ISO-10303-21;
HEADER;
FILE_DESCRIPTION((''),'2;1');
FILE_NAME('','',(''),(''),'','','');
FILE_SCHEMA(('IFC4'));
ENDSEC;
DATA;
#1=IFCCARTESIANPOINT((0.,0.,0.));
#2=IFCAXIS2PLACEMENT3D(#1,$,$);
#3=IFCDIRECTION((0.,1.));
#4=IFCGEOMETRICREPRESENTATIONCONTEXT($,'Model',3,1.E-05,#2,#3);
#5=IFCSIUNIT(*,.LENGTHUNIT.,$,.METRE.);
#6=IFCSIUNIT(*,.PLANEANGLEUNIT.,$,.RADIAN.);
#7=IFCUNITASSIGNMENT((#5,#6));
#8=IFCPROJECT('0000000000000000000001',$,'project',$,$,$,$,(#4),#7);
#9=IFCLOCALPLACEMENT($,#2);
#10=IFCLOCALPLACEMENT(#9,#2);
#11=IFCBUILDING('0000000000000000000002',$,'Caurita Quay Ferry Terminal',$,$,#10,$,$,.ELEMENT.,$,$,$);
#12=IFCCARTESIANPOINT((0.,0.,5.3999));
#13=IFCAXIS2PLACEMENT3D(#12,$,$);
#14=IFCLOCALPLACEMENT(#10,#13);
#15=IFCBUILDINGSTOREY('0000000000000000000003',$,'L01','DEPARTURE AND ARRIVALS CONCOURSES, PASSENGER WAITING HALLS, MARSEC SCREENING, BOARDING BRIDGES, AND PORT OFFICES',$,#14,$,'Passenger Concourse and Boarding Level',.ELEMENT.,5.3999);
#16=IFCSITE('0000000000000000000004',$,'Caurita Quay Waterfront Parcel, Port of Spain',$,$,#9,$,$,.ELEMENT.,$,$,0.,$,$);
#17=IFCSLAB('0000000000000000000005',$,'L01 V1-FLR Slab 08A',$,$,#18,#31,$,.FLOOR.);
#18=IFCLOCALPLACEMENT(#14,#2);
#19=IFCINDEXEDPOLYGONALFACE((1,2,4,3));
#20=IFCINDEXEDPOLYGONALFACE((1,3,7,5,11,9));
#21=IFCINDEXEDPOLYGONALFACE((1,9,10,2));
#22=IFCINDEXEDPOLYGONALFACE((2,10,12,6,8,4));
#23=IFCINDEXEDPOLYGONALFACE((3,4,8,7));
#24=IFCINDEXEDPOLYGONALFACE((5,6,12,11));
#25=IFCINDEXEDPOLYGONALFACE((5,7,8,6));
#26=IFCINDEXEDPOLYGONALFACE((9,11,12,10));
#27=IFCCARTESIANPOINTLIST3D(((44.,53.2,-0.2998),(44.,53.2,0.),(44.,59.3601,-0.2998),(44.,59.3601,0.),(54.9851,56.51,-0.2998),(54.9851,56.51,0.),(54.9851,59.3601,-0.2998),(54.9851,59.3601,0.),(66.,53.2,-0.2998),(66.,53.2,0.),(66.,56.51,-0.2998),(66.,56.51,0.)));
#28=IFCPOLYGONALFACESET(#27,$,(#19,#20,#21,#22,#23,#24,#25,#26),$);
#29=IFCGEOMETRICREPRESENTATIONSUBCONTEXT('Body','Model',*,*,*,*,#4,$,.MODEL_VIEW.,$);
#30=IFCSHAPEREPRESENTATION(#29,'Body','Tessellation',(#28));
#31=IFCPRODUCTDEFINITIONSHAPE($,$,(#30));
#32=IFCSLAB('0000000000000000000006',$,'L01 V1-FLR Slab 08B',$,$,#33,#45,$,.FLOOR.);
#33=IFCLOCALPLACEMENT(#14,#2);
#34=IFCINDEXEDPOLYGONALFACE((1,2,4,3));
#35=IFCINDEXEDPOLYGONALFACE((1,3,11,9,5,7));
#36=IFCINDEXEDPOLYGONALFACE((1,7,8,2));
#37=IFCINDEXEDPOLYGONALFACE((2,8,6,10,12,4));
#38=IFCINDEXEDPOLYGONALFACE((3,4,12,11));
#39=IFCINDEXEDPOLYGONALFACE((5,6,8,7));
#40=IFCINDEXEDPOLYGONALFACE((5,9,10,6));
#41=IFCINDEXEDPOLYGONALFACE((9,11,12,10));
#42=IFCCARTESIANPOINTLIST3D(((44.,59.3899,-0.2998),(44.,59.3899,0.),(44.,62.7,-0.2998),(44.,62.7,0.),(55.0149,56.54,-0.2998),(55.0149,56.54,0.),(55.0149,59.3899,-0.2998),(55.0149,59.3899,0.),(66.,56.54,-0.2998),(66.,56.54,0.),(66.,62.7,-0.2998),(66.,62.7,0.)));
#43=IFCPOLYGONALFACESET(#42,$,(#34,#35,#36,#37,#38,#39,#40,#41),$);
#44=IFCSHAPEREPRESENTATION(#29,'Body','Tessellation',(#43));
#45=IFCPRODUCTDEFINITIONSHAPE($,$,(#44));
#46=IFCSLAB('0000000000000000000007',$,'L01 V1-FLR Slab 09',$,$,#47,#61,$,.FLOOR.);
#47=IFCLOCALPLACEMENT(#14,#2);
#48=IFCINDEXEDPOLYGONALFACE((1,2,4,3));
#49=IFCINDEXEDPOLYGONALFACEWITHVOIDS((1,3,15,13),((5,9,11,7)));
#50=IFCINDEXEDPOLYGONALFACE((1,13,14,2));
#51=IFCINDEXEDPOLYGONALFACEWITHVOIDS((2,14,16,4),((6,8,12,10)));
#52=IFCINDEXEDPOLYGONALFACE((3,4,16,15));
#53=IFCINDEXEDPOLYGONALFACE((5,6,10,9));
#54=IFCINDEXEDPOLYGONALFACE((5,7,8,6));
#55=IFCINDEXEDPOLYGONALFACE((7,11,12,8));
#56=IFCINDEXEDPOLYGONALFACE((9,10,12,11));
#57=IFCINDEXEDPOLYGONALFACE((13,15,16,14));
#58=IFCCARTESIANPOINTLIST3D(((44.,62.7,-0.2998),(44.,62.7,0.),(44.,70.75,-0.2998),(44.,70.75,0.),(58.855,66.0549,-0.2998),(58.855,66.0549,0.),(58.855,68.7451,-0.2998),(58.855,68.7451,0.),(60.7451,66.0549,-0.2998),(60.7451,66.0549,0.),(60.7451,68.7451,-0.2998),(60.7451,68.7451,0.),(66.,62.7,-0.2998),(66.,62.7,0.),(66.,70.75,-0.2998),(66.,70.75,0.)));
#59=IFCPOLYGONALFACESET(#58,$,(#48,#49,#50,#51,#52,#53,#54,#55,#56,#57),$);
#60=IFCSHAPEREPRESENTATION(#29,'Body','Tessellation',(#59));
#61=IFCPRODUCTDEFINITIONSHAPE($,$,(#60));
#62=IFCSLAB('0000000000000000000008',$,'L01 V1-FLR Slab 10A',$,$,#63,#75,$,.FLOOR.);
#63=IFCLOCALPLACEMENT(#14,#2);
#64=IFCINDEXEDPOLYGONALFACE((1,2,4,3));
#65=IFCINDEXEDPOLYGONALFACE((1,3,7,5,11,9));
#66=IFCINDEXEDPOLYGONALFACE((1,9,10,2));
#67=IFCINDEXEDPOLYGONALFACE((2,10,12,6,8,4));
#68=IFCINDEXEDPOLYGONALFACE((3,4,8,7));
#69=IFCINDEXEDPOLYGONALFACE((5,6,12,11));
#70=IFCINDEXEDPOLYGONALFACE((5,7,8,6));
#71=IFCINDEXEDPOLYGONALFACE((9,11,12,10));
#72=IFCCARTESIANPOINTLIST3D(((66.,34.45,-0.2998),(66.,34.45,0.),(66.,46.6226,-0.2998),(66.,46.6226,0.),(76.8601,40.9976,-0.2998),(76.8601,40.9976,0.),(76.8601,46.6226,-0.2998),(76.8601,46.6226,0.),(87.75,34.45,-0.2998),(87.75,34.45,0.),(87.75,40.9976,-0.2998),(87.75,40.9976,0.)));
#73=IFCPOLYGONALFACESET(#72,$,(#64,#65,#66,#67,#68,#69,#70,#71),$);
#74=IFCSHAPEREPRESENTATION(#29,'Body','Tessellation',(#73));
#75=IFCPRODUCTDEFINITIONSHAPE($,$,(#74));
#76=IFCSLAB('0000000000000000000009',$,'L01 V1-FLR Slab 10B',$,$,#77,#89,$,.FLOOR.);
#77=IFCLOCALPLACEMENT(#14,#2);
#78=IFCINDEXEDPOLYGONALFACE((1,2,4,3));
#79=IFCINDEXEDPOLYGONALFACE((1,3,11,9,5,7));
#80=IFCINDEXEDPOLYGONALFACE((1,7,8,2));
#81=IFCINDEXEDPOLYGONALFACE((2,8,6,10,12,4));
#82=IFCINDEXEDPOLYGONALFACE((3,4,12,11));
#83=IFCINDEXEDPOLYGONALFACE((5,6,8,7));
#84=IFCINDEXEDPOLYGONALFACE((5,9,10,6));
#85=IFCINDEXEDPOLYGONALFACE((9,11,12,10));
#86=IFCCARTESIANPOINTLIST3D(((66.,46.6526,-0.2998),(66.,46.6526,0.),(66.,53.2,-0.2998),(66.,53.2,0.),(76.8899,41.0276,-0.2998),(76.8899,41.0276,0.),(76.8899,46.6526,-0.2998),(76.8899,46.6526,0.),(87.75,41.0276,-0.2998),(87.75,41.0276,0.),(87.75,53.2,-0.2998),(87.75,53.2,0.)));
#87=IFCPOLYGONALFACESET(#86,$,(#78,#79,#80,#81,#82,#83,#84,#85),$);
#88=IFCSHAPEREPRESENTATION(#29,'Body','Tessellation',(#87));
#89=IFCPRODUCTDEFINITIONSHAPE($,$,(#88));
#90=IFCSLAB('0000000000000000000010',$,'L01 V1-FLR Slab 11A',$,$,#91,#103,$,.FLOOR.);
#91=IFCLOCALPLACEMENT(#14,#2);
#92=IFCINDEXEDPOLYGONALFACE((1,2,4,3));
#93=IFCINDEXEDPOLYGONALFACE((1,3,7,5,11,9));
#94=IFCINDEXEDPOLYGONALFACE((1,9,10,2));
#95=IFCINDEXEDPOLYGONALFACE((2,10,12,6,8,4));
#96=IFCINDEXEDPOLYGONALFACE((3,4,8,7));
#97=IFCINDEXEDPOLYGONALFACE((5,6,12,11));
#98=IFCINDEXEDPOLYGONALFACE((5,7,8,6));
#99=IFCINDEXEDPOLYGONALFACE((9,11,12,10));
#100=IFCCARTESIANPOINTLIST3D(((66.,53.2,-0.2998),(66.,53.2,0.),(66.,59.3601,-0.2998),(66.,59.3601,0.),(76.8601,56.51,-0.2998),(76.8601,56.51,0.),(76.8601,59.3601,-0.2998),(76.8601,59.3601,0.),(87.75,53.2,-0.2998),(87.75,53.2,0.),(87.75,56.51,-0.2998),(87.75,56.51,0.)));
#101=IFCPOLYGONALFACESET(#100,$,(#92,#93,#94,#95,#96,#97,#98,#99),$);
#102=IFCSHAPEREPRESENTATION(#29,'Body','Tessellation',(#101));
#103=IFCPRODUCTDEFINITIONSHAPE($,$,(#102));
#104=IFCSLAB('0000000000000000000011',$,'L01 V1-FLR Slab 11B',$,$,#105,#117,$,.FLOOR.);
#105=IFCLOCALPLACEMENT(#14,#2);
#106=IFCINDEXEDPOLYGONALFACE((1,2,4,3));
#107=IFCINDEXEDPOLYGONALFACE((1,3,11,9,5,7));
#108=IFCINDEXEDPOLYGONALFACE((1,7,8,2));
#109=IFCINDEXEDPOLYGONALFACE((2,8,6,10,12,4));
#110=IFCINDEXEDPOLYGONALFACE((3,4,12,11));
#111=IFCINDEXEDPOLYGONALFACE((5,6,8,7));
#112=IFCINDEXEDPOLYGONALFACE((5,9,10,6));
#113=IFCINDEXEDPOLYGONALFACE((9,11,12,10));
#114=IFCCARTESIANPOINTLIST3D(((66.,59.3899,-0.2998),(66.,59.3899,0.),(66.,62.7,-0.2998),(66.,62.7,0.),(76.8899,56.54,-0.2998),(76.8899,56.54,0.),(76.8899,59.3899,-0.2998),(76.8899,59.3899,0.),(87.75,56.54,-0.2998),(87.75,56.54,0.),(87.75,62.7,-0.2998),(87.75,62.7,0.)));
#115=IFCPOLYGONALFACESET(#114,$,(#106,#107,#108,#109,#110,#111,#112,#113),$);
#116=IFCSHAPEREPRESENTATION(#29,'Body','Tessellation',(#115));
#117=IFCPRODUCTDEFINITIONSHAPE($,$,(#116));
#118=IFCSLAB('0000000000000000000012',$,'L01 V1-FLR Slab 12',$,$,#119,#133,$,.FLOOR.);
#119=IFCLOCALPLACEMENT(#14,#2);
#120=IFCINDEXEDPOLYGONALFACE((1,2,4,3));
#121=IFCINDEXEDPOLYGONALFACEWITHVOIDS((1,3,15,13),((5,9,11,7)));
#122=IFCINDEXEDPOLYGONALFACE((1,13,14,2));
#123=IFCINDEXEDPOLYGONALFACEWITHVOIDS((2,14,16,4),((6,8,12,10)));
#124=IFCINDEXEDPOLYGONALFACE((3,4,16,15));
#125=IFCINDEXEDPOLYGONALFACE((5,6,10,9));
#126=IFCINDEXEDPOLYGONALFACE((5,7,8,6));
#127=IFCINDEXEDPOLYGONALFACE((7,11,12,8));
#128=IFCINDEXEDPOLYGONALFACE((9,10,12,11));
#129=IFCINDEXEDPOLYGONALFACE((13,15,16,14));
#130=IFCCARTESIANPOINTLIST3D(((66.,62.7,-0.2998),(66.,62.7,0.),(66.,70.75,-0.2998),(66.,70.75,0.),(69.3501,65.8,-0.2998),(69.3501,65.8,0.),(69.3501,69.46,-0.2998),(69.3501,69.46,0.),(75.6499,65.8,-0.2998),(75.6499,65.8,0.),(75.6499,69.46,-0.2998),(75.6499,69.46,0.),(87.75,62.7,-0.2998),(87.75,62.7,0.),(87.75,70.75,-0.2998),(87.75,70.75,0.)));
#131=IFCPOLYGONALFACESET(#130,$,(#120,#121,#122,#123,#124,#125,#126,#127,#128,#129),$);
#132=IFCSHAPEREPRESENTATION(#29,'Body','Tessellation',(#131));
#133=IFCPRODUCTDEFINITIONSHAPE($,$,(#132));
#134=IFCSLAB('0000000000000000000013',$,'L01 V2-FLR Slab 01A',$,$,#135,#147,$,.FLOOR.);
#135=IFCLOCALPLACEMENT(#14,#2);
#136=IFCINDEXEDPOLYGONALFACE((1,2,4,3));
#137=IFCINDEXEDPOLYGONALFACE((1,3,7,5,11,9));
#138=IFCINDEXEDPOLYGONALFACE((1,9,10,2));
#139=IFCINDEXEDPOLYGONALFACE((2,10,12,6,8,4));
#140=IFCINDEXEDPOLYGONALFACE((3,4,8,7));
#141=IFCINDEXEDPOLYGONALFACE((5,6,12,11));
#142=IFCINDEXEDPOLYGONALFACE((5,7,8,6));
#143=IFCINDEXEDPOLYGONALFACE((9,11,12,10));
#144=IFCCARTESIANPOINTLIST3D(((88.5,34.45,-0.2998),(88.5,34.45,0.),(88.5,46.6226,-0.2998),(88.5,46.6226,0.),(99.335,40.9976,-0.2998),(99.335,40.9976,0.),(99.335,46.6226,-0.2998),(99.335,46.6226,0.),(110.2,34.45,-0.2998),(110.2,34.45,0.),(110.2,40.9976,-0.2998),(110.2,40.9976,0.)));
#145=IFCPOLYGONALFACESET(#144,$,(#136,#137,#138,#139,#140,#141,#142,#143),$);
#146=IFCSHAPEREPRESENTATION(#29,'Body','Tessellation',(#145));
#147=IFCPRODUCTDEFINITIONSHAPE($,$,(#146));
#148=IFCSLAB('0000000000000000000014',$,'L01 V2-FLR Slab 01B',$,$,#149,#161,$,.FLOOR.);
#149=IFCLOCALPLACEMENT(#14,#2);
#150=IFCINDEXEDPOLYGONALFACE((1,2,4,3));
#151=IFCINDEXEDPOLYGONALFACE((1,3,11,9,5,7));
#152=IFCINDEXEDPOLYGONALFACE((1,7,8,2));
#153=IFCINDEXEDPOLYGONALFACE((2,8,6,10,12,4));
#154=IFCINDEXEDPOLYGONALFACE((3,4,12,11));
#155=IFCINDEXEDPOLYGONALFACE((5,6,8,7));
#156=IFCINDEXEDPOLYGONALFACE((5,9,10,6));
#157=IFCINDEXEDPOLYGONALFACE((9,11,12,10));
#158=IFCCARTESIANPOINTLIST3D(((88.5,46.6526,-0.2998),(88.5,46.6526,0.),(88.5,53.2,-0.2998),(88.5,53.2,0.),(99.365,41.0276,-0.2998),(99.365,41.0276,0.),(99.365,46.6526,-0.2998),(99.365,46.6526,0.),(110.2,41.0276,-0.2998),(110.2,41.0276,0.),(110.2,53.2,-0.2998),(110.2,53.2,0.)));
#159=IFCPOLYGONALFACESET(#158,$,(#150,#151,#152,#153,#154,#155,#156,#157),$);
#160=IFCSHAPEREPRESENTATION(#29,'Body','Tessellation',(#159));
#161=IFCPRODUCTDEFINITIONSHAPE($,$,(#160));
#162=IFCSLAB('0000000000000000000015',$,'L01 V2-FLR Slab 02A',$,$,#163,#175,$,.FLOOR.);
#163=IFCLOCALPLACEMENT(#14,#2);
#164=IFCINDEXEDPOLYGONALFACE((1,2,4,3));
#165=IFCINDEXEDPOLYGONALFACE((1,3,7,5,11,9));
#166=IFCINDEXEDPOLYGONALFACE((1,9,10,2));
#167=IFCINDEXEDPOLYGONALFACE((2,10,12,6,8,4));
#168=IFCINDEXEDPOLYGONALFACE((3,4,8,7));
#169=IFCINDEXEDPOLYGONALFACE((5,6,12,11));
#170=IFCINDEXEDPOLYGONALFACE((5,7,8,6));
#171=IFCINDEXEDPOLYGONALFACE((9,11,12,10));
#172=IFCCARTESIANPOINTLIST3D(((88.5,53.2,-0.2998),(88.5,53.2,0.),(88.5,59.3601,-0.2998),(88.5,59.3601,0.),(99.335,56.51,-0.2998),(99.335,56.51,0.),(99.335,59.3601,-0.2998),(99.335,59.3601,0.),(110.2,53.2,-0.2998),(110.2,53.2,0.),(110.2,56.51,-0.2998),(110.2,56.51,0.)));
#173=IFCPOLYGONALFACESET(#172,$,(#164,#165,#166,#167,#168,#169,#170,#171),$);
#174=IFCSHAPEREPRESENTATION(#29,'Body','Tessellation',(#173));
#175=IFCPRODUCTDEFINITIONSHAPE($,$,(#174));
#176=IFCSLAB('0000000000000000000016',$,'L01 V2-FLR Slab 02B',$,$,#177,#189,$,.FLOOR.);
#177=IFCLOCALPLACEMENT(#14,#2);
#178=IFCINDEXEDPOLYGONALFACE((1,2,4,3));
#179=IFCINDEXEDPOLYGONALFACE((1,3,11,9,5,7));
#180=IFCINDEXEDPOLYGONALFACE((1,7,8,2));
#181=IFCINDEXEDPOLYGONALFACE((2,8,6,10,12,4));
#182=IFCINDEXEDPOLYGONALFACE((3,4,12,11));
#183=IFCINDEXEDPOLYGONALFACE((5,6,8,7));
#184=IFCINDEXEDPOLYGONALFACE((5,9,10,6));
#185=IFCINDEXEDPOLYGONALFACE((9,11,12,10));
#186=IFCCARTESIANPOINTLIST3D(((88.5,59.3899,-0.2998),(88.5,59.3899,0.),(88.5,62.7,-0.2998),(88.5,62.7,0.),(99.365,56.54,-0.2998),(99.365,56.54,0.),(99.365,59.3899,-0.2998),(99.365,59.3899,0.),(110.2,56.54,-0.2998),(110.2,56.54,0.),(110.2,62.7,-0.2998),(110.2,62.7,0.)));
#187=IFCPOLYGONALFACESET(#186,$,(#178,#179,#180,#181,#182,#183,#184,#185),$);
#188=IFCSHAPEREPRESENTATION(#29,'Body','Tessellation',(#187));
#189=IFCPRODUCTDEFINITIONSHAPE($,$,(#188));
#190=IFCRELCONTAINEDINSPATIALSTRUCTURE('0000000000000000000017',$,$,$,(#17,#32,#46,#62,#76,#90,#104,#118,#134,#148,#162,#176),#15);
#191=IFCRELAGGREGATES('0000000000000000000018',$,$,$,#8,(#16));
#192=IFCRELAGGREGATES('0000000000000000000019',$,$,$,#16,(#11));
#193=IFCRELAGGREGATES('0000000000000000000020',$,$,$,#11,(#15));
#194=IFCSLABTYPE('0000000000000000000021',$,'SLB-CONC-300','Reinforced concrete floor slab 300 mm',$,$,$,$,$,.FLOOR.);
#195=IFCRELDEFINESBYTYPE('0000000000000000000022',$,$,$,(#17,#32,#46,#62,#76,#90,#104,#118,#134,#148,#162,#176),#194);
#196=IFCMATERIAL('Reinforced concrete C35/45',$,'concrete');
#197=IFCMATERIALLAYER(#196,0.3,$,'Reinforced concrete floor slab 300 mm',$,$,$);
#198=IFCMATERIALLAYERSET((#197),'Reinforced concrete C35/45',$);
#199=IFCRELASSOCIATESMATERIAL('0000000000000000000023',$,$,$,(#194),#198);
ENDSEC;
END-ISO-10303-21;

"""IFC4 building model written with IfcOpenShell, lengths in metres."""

from ifc_helpers import new_model, si_unit, direction, frame, origin, place, context, subcontext, project, spatial, polyline, outline, extrude, material, layer, layer_set, type_object, element, save


model = new_model("IFC4")

# Units and contexts
model_context = context("Model", 3, precision=1e-05, world=origin(), true_north=direction((0.0, 1.0)))
body_context = subcontext(model_context, "Body", "Model", "MODEL_VIEW")
ifc_project = project(units=[si_unit("LENGTHUNIT", "METRE"), si_unit("PLANEANGLEUNIT", "RADIAN")], contexts=[model_context])

# Site, building, storey
site_placement = place(None, origin())
site = spatial("IfcSite", under=ifc_project, at=site_placement, Name="Caurita Quay Waterfront Parcel, Port of Spain", CompositionType="ELEMENT", RefElevation=0.0)
building_placement = place(site_placement, origin())
building = spatial("IfcBuilding", under=site, at=building_placement, Name="Caurita Quay Ferry Terminal", CompositionType="ELEMENT")
storey_placement = place(building_placement, frame((0.0, 0.0, 5.3999)))
storey = spatial("IfcBuildingStorey", under=building, at=storey_placement, Name="L01", Description="DEPARTURE AND ARRIVALS CONCOURSES, PASSENGER WAITING HALLS, MARSEC SCREENING, BOARDING BRIDGES, AND PORT OFFICES", LongName="Passenger Concourse and Boarding Level", CompositionType="ELEMENT", Elevation=5.3999)

# Slabs
ifc_material_1 = material(Name="Reinforced concrete C35/45", Category="concrete")
ifc_layer_1 = layer(ifc_material_1, 0.3, Name="Reinforced concrete floor slab 300 mm")
ifc_layer_set_1 = layer_set([ifc_layer_1], Name="Reinforced concrete C35/45")
slab_type = type_object("IfcSlabType", Name="SLB-CONC-300", Description="Reinforced concrete floor slab 300 mm", PredefinedType="FLOOR", material=ifc_layer_set_1)
slab_1_placement = place(storey_placement, frame((0.0, 0.0, -0.2998)))
element("IfcSlab", 1, at=slab_1_placement, inside=storey, type_object=slab_type, Name="L01 V1-FLR Slab 08A", PredefinedType="FLOOR", context=body_context, shape_type="SweptSolid", body=[
    extrude(outline(polyline([(44.0, 53.2), (66.0, 53.2), (66.0, 56.51), (54.9851, 56.51), (54.9851, 59.3601), (44.0, 59.3601), (44.0, 53.2)])), origin(), (0.0, 0.0, 1.0), 0.2998),
])
slab_2_placement = place(storey_placement, frame((0.0, 0.0, -0.2998)))
element("IfcSlab", 2, at=slab_2_placement, inside=storey, type_object=slab_type, Name="L01 V1-FLR Slab 08B", PredefinedType="FLOOR", context=body_context, shape_type="SweptSolid", body=[
    extrude(outline(polyline([(55.0149, 56.54), (66.0, 56.54), (66.0, 62.7), (44.0, 62.7), (44.0, 59.3899), (55.0149, 59.3899), (55.0149, 56.54)])), origin(), (0.0, 0.0, 1.0), 0.2998),
])
slab_3_placement = place(storey_placement, frame((0.0, 0.0, -0.2998)))
element("IfcSlab", 3, at=slab_3_placement, inside=storey, type_object=slab_type, Name="L01 V1-FLR Slab 09", PredefinedType="FLOOR", context=body_context, shape_type="SweptSolid", body=[
    extrude(outline(polyline([(44.0, 62.7), (66.0, 62.7), (66.0, 70.75), (44.0, 70.75), (44.0, 62.7)]), holes=[polyline([(58.855, 66.0549), (60.7451, 66.0549), (60.7451, 68.7451), (58.855, 68.7451), (58.855, 66.0549)])]), origin(), (0.0, 0.0, 1.0), 0.2998),
])
slab_4_placement = place(storey_placement, frame((0.0, 0.0, -0.2998)))
element("IfcSlab", 4, at=slab_4_placement, inside=storey, type_object=slab_type, Name="L01 V1-FLR Slab 10A", PredefinedType="FLOOR", context=body_context, shape_type="SweptSolid", body=[
    extrude(outline(polyline([(66.0, 34.45), (87.75, 34.45), (87.75, 40.9976), (76.8601, 40.9976), (76.8601, 46.6226), (66.0, 46.6226), (66.0, 34.45)])), origin(), (0.0, 0.0, 1.0), 0.2998),
])
slab_5_placement = place(storey_placement, frame((0.0, 0.0, -0.2998)))
element("IfcSlab", 5, at=slab_5_placement, inside=storey, type_object=slab_type, Name="L01 V1-FLR Slab 10B", PredefinedType="FLOOR", context=body_context, shape_type="SweptSolid", body=[
    extrude(outline(polyline([(76.8899, 41.0276), (87.75, 41.0276), (87.75, 53.2), (66.0, 53.2), (66.0, 46.6526), (76.8899, 46.6526), (76.8899, 41.0276)])), origin(), (0.0, 0.0, 1.0), 0.2998),
])
slab_6_placement = place(storey_placement, frame((0.0, 0.0, -0.2998)))
element("IfcSlab", 6, at=slab_6_placement, inside=storey, type_object=slab_type, Name="L01 V1-FLR Slab 11A", PredefinedType="FLOOR", context=body_context, shape_type="SweptSolid", body=[
    extrude(outline(polyline([(66.0, 53.2), (87.75, 53.2), (87.75, 56.51), (76.8601, 56.51), (76.8601, 59.3601), (66.0, 59.3601), (66.0, 53.2)])), origin(), (0.0, 0.0, 1.0), 0.2998),
])
slab_7_placement = place(storey_placement, frame((0.0, 0.0, -0.2998)))
element("IfcSlab", 7, at=slab_7_placement, inside=storey, type_object=slab_type, Name="L01 V1-FLR Slab 11B", PredefinedType="FLOOR", context=body_context, shape_type="SweptSolid", body=[
    extrude(outline(polyline([(76.8899, 56.54), (87.75, 56.54), (87.75, 62.7), (66.0, 62.7), (66.0, 59.3899), (76.8899, 59.3899), (76.8899, 56.54)])), origin(), (0.0, 0.0, 1.0), 0.2998),
])
slab_8_placement = place(storey_placement, frame((0.0, 0.0, -0.2998)))
element("IfcSlab", 8, at=slab_8_placement, inside=storey, type_object=slab_type, Name="L01 V1-FLR Slab 12", PredefinedType="FLOOR", context=body_context, shape_type="SweptSolid", body=[
    extrude(outline(polyline([(66.0, 62.7), (87.75, 62.7), (87.75, 70.75), (66.0, 70.75), (66.0, 62.7)]), holes=[polyline([(69.3501, 65.8), (75.6499, 65.8), (75.6499, 69.46), (69.3501, 69.46), (69.3501, 65.8)])]), origin(), (0.0, 0.0, 1.0), 0.2998),
])
slab_9_placement = place(storey_placement, frame((0.0, 0.0, -0.2998)))
element("IfcSlab", 9, at=slab_9_placement, inside=storey, type_object=slab_type, Name="L01 V2-FLR Slab 01A", PredefinedType="FLOOR", context=body_context, shape_type="SweptSolid", body=[
    extrude(outline(polyline([(88.5, 34.45), (110.2, 34.45), (110.2, 40.9976), (99.335, 40.9976), (99.335, 46.6226), (88.5, 46.6226), (88.5, 34.45)])), origin(), (0.0, 0.0, 1.0), 0.2998),
])
slab_10_placement = place(storey_placement, frame((0.0, 0.0, -0.2998)))
element("IfcSlab", 10, at=slab_10_placement, inside=storey, type_object=slab_type, Name="L01 V2-FLR Slab 01B", PredefinedType="FLOOR", context=body_context, shape_type="SweptSolid", body=[
    extrude(outline(polyline([(99.365, 41.0276), (110.2, 41.0276), (110.2, 53.2), (88.5, 53.2), (88.5, 46.6526), (99.365, 46.6526), (99.365, 41.0276)])), origin(), (0.0, 0.0, 1.0), 0.2998),
])
slab_11_placement = place(storey_placement, frame((0.0, 0.0, -0.2998)))
element("IfcSlab", 11, at=slab_11_placement, inside=storey, type_object=slab_type, Name="L01 V2-FLR Slab 02A", PredefinedType="FLOOR", context=body_context, shape_type="SweptSolid", body=[
    extrude(outline(polyline([(88.5, 53.2), (110.2, 53.2), (110.2, 56.51), (99.335, 56.51), (99.335, 59.3601), (88.5, 59.3601), (88.5, 53.2)])), origin(), (0.0, 0.0, 1.0), 0.2998),
])
slab_12_placement = place(storey_placement, frame((0.0, 0.0, -0.2998)))
element("IfcSlab", 12, at=slab_12_placement, inside=storey, type_object=slab_type, Name="L01 V2-FLR Slab 02B", PredefinedType="FLOOR", context=body_context, shape_type="SweptSolid", body=[
    extrude(outline(polyline([(99.365, 56.54), (110.2, 56.54), (110.2, 62.7), (88.5, 62.7), (88.5, 59.3899), (99.365, 59.3899), (99.365, 56.54)])), origin(), (0.0, 0.0, 1.0), 0.2998),
])

save(model, "model.ifc")
